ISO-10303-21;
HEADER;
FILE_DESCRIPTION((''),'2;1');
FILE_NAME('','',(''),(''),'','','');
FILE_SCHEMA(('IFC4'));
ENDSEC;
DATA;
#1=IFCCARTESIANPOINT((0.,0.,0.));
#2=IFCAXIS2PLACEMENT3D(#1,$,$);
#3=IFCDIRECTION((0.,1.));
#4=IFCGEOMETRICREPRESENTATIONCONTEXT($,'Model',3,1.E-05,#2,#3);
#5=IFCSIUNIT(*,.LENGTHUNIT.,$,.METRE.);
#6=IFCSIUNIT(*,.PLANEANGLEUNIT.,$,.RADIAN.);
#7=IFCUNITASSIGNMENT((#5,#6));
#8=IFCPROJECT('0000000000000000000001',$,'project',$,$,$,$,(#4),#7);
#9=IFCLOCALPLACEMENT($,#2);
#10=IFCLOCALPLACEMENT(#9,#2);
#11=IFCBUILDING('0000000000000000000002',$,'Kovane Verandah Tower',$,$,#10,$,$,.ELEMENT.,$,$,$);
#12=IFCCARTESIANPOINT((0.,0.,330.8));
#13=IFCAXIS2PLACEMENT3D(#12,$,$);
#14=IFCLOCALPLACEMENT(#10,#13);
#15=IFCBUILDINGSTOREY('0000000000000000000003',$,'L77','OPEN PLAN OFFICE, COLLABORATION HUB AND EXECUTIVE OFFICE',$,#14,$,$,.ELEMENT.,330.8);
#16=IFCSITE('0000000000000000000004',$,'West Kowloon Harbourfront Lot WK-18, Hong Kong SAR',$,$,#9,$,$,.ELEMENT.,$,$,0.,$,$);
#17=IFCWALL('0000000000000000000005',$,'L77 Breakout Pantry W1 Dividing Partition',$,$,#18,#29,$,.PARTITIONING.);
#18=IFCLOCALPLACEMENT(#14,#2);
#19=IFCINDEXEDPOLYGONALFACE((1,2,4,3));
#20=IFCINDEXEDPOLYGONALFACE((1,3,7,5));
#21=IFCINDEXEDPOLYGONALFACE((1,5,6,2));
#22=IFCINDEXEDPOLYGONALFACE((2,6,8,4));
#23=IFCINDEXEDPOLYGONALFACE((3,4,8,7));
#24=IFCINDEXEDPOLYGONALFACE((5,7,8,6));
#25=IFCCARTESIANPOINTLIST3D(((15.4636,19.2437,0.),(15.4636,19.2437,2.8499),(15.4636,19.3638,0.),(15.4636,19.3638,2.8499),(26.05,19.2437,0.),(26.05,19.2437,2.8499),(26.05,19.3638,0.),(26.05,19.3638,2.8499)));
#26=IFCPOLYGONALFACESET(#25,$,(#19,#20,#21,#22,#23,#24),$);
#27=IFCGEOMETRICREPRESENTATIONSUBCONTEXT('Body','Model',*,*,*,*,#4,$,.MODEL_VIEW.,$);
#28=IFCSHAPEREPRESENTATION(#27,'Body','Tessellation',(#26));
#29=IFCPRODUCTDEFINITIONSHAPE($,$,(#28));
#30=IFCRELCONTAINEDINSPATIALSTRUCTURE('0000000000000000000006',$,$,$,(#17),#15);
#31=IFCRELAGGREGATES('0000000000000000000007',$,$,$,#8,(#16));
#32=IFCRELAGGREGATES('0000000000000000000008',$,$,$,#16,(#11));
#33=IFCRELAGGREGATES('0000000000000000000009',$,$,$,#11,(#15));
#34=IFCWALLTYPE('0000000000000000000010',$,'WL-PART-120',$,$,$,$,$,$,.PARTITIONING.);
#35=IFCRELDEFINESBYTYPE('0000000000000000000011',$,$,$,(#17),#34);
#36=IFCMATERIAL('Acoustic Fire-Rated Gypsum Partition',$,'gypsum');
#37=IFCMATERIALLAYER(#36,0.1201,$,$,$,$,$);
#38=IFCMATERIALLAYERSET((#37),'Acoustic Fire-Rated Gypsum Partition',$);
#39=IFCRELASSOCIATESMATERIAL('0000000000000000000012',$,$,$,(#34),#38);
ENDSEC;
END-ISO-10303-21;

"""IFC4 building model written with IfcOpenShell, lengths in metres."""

from ifc_helpers import new_model, si_unit, direction, frame, frame_2d, origin, place, context, subcontext, project, spatial, rectangle, extrude, material, layer, layer_set, type_object, element, save


model = new_model("IFC4")

# Units and contexts
model_context = context("Model", 3, precision=1e-05, world=origin(), true_north=direction((0.0, 1.0)))
body_context = subcontext(model_context, "Body", "Model", "MODEL_VIEW")
ifc_project = project(units=[si_unit("LENGTHUNIT", "METRE"), si_unit("PLANEANGLEUNIT", "RADIAN")], contexts=[model_context])

# Site, building, storey
site_placement = place(None, origin())
site = spatial("IfcSite", under=ifc_project, at=site_placement, Name="West Kowloon Harbourfront Lot WK-18, Hong Kong SAR", CompositionType="ELEMENT", RefElevation=0.0)
building_placement = place(site_placement, origin())
building = spatial("IfcBuilding", under=site, at=building_placement, Name="Kovane Verandah Tower", CompositionType="ELEMENT")
storey_placement = place(building_placement, frame((0.0, 0.0, 330.8)))
storey = spatial("IfcBuildingStorey", under=building, at=storey_placement, Name="L77", Description="OPEN PLAN OFFICE, COLLABORATION HUB AND EXECUTIVE OFFICE", CompositionType="ELEMENT", Elevation=330.8)

# Wall
ifc_material_1 = material(Name="Acoustic Fire-Rated Gypsum Partition", Category="gypsum")
ifc_layer_1 = layer(ifc_material_1, 0.1201)
ifc_layer_set_1 = layer_set([ifc_layer_1], Name="Acoustic Fire-Rated Gypsum Partition")
wall_type_1 = type_object("IfcWallType", Name="WL-PART-120", PredefinedType="PARTITIONING", material=ifc_layer_set_1)
wall_1_placement = place(storey_placement, frame((15.4636, 19.3037, 0.0), z_axis=(0.0, 0.0, 1.0), x_axis=(1.0, 0.0, 0.0)))
element("IfcWall", 1, at=wall_1_placement, inside=storey, type_object=wall_type_1, Name="L77 Breakout Pantry W1 Dividing Partition", PredefinedType="PARTITIONING", context=body_context, shape_type="SweptSolid", body=[
    extrude(rectangle(XDim=10.5864, YDim=0.1201, at=frame_2d((5.2932, 0.0))), origin(), (0.0, 0.0, 1.0), 2.8499),
])

save(model, "model.ifc")
